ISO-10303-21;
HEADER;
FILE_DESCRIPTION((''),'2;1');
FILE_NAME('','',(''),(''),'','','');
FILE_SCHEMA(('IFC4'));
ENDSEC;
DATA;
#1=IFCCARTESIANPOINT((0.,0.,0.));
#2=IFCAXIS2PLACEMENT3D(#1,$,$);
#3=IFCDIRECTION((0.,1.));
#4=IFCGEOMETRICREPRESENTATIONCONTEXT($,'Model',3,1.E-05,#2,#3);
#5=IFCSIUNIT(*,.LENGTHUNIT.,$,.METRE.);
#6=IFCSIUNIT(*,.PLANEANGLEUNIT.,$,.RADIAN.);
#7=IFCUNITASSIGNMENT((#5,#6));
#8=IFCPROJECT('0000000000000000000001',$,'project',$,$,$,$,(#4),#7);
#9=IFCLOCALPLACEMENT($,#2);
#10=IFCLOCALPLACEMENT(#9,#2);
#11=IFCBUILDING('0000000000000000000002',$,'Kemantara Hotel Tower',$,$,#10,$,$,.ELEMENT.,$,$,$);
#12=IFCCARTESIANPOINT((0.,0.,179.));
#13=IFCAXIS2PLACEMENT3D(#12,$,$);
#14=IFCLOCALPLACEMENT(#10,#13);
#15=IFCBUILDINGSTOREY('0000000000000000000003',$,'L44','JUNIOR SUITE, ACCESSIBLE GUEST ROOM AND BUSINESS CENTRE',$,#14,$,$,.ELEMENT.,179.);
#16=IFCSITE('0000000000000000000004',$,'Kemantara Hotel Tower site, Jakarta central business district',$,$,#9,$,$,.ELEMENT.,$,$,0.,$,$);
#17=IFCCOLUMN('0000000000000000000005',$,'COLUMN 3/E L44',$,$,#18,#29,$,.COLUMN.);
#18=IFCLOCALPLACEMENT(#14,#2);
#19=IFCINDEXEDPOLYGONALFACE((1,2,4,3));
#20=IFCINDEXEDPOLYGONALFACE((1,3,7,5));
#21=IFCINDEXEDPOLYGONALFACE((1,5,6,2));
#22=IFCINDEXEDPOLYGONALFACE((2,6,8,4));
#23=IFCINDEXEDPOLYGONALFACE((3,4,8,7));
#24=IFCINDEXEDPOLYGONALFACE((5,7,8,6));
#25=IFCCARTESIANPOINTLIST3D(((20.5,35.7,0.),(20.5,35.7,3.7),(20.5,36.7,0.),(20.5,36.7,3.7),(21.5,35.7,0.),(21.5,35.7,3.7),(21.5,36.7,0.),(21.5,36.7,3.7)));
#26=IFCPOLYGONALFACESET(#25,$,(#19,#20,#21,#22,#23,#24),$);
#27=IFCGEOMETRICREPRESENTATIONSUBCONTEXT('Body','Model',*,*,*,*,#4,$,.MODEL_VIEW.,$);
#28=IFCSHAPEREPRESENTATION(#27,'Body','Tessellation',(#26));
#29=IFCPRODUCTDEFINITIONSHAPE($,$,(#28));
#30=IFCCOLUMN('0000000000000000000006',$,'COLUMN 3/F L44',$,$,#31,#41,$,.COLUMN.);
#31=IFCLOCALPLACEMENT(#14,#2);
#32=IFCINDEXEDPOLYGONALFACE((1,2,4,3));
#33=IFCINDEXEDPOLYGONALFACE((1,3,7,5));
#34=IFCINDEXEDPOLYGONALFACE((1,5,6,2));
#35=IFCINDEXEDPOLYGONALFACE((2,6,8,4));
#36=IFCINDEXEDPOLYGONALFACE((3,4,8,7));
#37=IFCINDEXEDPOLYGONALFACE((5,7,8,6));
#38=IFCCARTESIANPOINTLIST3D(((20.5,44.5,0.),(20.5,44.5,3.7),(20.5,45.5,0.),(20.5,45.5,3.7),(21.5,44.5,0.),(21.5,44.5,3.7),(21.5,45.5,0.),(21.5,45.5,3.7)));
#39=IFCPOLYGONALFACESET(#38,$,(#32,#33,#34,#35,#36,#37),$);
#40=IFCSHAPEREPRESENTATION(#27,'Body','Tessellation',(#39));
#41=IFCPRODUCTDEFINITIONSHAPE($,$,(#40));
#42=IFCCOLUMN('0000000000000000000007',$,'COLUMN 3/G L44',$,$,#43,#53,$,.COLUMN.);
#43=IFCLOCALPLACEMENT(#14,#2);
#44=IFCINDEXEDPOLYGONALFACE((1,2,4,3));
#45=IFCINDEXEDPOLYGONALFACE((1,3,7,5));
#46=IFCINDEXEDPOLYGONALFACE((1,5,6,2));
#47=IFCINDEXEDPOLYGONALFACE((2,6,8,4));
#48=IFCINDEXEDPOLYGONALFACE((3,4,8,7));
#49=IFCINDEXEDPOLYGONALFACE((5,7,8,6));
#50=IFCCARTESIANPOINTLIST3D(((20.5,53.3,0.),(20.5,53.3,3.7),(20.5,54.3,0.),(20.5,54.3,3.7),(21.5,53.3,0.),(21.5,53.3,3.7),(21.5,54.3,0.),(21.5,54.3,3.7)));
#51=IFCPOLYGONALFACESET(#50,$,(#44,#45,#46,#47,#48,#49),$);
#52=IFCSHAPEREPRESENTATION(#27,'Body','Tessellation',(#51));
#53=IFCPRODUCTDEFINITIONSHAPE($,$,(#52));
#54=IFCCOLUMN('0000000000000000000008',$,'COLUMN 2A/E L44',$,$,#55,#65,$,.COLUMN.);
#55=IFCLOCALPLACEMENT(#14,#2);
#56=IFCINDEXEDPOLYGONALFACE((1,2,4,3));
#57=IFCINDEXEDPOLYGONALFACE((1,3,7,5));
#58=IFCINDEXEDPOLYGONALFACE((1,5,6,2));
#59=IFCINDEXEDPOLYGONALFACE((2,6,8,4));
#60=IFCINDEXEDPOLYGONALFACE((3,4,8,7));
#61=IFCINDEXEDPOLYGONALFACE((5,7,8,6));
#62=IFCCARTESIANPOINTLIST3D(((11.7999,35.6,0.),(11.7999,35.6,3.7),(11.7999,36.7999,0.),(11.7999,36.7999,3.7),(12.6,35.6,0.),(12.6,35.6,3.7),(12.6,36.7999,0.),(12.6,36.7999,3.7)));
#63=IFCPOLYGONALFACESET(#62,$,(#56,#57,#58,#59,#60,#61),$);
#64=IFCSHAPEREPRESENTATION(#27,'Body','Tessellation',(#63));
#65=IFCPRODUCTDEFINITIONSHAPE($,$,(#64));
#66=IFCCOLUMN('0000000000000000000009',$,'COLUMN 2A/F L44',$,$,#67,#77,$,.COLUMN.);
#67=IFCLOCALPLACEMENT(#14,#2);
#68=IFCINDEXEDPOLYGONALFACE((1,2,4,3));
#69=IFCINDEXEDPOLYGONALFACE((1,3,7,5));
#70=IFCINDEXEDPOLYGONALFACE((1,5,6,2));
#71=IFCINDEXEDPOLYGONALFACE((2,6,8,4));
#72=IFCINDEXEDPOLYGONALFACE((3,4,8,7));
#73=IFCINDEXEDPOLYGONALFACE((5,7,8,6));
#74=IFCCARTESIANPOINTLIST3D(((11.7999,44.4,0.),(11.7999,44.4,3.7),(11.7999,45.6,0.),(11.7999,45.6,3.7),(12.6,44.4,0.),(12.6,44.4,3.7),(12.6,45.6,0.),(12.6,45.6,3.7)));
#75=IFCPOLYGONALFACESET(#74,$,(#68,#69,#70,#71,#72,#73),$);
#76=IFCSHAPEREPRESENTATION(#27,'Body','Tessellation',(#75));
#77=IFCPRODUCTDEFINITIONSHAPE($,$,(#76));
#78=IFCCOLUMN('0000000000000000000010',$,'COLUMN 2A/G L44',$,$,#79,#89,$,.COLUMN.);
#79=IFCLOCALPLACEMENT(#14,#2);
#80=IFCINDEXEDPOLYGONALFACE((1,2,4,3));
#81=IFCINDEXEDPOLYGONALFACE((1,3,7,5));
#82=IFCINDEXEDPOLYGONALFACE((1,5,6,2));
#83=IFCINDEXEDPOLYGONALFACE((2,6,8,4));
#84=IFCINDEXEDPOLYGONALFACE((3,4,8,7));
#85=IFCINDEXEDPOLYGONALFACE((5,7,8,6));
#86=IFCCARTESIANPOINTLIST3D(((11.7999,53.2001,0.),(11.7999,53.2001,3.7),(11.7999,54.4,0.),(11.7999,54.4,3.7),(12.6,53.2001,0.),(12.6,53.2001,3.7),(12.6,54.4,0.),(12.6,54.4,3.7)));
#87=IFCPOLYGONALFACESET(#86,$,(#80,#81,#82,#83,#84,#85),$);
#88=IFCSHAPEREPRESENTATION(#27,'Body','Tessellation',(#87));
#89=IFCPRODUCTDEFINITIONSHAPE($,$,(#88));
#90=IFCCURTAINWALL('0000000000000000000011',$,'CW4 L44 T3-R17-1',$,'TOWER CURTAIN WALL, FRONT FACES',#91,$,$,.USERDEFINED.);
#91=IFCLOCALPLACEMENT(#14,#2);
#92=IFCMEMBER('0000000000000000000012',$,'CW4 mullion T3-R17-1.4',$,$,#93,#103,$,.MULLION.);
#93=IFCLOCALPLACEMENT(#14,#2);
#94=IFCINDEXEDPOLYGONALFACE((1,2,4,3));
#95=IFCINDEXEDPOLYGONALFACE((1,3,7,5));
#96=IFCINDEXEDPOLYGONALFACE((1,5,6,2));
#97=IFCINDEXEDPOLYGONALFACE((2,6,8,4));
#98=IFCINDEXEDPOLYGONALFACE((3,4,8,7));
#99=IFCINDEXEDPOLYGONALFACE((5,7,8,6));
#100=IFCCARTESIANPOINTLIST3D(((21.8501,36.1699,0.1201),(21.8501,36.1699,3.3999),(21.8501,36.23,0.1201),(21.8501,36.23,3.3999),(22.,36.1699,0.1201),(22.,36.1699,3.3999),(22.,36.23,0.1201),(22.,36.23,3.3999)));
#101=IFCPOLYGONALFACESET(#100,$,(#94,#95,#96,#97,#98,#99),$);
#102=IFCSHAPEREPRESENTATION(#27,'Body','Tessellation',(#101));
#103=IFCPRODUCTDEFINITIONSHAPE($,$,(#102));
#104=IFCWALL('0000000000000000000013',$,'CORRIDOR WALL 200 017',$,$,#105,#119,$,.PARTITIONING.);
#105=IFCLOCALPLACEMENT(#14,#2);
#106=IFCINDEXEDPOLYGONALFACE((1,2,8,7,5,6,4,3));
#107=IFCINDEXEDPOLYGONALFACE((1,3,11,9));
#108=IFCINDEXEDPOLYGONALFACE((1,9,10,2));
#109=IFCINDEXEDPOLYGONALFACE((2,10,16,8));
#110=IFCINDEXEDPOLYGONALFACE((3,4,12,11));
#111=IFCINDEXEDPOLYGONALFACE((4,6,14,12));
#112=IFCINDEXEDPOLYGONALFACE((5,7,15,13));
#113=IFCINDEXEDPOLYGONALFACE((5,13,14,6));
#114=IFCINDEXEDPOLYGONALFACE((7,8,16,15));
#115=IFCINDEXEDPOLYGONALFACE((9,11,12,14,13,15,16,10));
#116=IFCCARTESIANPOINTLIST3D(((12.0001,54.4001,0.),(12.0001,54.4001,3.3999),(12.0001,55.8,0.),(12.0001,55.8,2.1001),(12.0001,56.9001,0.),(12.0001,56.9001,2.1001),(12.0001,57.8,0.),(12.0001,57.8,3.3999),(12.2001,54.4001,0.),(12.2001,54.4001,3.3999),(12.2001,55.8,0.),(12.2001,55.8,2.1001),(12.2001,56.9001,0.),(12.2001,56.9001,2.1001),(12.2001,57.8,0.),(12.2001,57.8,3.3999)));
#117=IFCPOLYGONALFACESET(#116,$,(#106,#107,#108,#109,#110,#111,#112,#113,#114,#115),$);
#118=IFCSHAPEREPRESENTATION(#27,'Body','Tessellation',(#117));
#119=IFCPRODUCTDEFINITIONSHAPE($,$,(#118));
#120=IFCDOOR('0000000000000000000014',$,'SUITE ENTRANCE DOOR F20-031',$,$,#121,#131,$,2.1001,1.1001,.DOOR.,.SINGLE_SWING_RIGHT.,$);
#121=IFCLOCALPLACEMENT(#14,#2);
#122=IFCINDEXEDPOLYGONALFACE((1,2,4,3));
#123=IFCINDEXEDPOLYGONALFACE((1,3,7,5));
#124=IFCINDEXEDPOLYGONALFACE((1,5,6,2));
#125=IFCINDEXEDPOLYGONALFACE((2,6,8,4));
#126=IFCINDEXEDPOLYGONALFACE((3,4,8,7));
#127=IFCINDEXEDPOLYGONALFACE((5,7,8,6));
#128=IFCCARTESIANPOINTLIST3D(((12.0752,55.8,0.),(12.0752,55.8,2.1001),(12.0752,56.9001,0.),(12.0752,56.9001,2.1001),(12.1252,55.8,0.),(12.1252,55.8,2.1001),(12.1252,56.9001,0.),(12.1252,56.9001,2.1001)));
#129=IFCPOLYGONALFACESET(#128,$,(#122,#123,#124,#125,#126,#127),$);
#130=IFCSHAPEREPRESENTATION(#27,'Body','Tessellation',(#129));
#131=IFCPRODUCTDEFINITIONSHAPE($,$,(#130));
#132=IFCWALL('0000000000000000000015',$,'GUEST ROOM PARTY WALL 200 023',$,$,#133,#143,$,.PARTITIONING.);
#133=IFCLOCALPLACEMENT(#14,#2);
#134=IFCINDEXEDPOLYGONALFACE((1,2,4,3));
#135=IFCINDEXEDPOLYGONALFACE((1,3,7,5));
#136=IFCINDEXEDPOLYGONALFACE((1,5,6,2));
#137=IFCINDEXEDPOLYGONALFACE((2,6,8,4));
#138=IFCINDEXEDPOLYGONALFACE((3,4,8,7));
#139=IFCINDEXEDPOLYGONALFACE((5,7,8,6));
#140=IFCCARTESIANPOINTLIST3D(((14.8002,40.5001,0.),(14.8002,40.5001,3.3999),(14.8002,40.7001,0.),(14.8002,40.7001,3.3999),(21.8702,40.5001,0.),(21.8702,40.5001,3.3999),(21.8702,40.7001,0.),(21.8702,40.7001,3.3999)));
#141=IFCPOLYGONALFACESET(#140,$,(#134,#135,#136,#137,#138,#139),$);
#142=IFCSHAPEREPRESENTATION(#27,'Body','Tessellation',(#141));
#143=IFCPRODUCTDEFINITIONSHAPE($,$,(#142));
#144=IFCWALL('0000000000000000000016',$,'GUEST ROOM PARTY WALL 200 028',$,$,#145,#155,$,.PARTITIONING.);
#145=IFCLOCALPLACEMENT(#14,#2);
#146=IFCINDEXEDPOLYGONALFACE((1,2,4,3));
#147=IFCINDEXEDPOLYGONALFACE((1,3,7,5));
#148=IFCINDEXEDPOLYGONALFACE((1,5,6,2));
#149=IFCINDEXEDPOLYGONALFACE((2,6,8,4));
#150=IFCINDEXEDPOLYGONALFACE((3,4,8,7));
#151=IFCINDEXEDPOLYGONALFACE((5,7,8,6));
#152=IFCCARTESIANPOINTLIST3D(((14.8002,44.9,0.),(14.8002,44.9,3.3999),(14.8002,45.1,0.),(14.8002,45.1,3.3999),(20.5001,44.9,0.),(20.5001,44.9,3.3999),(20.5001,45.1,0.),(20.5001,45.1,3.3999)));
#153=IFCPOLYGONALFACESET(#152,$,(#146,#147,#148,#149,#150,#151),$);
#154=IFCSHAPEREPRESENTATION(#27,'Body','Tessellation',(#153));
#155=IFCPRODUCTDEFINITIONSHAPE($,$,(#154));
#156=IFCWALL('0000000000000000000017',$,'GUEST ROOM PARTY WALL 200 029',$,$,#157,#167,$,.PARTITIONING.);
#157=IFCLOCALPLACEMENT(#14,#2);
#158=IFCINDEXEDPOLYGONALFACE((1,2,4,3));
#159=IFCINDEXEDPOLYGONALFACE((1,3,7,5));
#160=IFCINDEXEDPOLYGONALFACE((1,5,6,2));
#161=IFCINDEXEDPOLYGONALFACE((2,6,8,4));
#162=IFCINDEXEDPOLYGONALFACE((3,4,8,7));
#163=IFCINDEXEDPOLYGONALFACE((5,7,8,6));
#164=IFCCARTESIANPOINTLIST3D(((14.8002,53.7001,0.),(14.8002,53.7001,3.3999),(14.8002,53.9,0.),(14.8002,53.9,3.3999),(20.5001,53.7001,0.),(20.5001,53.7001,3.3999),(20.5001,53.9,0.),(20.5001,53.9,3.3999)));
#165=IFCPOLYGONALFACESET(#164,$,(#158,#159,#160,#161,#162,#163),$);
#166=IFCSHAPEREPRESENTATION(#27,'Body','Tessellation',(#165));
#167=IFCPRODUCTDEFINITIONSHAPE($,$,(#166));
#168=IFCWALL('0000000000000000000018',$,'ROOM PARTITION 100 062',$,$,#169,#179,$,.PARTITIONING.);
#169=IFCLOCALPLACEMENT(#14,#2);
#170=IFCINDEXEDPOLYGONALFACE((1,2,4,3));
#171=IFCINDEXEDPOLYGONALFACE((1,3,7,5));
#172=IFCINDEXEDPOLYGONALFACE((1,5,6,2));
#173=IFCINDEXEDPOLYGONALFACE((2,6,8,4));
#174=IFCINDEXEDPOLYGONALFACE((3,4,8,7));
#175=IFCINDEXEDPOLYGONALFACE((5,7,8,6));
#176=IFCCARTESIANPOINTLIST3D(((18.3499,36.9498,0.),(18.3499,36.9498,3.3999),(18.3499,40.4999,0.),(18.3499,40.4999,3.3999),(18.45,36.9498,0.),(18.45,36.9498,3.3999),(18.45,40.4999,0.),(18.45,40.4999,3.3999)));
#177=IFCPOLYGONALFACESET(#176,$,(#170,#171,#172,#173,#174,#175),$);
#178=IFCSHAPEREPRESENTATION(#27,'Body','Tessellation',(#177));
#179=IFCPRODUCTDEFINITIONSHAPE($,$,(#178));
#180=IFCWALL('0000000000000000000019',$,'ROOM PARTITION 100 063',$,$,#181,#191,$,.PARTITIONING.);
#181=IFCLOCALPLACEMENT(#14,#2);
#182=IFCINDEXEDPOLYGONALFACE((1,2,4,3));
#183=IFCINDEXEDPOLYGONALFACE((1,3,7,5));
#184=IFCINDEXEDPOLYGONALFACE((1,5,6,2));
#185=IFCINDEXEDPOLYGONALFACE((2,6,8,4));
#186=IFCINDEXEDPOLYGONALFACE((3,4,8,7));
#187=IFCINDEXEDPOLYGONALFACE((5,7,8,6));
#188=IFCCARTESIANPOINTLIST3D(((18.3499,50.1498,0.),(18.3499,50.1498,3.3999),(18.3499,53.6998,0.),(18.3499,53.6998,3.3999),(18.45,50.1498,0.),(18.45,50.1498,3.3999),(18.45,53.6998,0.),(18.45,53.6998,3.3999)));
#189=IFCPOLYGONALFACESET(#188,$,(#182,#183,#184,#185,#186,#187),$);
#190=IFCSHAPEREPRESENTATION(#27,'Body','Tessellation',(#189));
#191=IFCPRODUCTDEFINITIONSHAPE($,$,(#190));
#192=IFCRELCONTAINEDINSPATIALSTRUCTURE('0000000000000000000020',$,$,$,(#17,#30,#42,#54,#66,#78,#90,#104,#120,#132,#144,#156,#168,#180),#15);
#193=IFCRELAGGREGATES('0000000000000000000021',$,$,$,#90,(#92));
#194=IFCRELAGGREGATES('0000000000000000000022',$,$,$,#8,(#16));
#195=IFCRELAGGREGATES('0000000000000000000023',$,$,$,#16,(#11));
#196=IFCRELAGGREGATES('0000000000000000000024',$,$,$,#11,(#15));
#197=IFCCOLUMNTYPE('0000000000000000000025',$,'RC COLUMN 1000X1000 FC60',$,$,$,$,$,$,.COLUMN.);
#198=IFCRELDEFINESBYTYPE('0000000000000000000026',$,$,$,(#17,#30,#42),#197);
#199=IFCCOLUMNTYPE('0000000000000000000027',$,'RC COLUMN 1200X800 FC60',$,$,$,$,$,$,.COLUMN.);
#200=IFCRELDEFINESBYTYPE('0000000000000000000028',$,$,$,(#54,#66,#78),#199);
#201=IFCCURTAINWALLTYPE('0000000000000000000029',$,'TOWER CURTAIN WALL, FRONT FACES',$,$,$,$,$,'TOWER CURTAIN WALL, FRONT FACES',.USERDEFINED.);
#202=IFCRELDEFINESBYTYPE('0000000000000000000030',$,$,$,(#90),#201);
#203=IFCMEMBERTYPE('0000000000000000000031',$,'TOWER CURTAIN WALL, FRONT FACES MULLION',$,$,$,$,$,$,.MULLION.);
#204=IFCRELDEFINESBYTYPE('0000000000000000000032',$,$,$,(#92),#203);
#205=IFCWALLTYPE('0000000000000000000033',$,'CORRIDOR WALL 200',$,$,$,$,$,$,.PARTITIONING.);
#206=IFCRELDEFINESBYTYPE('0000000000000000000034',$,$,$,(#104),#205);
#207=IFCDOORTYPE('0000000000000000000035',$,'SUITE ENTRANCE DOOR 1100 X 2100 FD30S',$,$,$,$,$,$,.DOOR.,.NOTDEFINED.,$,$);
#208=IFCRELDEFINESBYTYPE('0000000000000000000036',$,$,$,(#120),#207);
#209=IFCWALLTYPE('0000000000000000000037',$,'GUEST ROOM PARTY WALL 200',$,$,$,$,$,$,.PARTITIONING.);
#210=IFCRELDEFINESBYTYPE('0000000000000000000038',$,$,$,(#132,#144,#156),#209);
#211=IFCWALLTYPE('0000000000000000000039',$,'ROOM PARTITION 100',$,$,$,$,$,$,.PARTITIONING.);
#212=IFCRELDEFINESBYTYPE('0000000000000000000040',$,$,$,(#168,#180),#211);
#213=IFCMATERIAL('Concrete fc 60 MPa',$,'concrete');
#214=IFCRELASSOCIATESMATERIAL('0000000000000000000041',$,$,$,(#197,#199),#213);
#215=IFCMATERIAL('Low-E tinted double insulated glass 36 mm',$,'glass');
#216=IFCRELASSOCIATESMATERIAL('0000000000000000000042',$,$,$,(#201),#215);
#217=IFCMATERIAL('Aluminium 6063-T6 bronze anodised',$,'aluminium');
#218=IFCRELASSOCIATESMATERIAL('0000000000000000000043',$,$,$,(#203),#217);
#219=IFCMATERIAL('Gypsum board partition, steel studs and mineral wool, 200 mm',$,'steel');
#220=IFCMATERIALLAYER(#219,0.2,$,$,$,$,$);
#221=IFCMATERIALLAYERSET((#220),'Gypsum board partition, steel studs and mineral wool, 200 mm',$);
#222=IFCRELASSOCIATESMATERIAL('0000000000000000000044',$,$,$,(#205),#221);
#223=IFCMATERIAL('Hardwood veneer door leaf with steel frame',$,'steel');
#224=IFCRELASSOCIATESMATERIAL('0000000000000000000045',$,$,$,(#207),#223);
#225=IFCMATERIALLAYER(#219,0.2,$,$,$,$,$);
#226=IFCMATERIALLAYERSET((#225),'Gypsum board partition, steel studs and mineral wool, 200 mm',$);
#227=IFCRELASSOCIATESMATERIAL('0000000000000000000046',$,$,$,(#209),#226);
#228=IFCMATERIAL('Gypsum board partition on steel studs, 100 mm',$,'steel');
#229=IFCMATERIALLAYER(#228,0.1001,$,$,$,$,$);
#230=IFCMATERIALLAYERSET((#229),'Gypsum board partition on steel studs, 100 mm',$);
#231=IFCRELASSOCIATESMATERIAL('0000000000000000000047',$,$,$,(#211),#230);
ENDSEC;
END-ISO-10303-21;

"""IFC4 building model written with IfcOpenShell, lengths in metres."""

from ifc_helpers import new_model, si_unit, direction, frame, frame_2d, origin, origin_2d, place, context, subcontext, project, spatial, rectangle, extrude, source, transform, mapped, material, layer, layer_set, material_profile, profile_set, type_object, element, fill, aggregate, save


model = new_model("IFC4")

# Units and contexts
model_context = context("Model", 3, precision=1e-05, world=origin(), true_north=direction((0.0, 1.0)))
body_context = subcontext(model_context, "Body", "Model", "MODEL_VIEW")
ifc_project = project(units=[si_unit("LENGTHUNIT", "METRE"), si_unit("PLANEANGLEUNIT", "RADIAN")], contexts=[model_context])

# Site, building, storey
site_placement = place(None, origin())
site = spatial("IfcSite", under=ifc_project, at=site_placement, Name="Kemantara Hotel Tower site, Jakarta central business district", CompositionType="ELEMENT", RefElevation=0.0)
building_placement = place(site_placement, origin())
building = spatial("IfcBuilding", under=site, at=building_placement, Name="Kemantara Hotel Tower", CompositionType="ELEMENT")
storey_placement = place(building_placement, frame((0.0, 0.0, 179.0)))
storey = spatial("IfcBuildingStorey", under=building, at=storey_placement, Name="L44", Description="JUNIOR SUITE, ACCESSIBLE GUEST ROOM AND BUSINESS CENTRE", CompositionType="ELEMENT", Elevation=179.0)

# Columns
ifc_material_1 = material(Name="Concrete fc 60 MPa", Category="concrete")
ifc_material_profile_1 = material_profile(ifc_material_1, rectangle(XDim=1.0, YDim=1.0, at=origin_2d()), Name="RC 1000X1000")
ifc_profile_set_1 = profile_set([ifc_material_profile_1], Name="Concrete fc 60 MPa")
column_type_1 = type_object("IfcColumnType", Name="RC COLUMN 1000X1000 FC60", PredefinedType="COLUMN", material=ifc_profile_set_1)
for number, where, z_axis, x_axis, name in (
    (1, (21.0, 36.2, 0.0), (0.0, 0.0, 1.0), (1.0, 0.0, 0.0), "COLUMN 3/E L44"),
    (2, (21.0, 45.0, 0.0), (0.0, 0.0, 1.0), (1.0, 0.0, 0.0), "COLUMN 3/F L44"),
    (3, (21.0, 53.8, 0.0), (0.0, 0.0, 1.0), (1.0, 0.0, 0.0), "COLUMN 3/G L44"),
):
    element("IfcColumn", number, at=place(storey_placement, frame(where, z_axis=z_axis, x_axis=x_axis)), inside=storey, type_object=column_type_1, Name=name, PredefinedType="COLUMN", context=body_context, shape_type="SweptSolid", body=[
        extrude(rectangle(XDim=1.0, YDim=1.0, at=origin_2d()), origin(), (0.0, 0.0, 1.0), 3.7),
    ])
ifc_material_profile_2 = material_profile(ifc_material_1, rectangle(XDim=1.2, YDim=0.8, at=origin_2d()), Name="RC 1200X800")
ifc_profile_set_2 = profile_set([ifc_material_profile_2], Name="Concrete fc 60 MPa")
column_type_2 = type_object("IfcColumnType", Name="RC COLUMN 1200X800 FC60", PredefinedType="COLUMN", material=ifc_profile_set_2)
for number, where, z_axis, x_axis, name in (
    (4, (12.2, 36.2, 0.0), (0.0, 0.0, 1.0), (0.0, 1.0, 0.0), "COLUMN 2A/E L44"),
    (5, (12.2, 45.0, 0.0), (0.0, 0.0, 1.0), (0.0, 1.0, 0.0), "COLUMN 2A/F L44"),
    (6, (12.2, 53.8, 0.0), (0.0, 0.0, 1.0), (0.0, 1.0, 0.0), "COLUMN 2A/G L44"),
):
    element("IfcColumn", number, at=place(storey_placement, frame(where, z_axis=z_axis, x_axis=x_axis)), inside=storey, type_object=column_type_2, Name=name, PredefinedType="COLUMN", context=body_context, shape_type="SweptSolid", body=[
        extrude(rectangle(XDim=1.2, YDim=0.8, at=origin_2d()), origin(), (0.0, 0.0, 1.0), 3.7),
    ])

# Curtain wall, member
ifc_material_2 = material(Name="Low-E tinted double insulated glass 36 mm", Category="glass")
curtain_wall_type = type_object("IfcCurtainWallType", Name="TOWER CURTAIN WALL, FRONT FACES", ElementType="TOWER CURTAIN WALL, FRONT FACES", PredefinedType="USERDEFINED", material=ifc_material_2)
curtain_wall_placement = place(storey_placement, origin())
curtain_wall = element("IfcCurtainWall", 7, at=curtain_wall_placement, inside=storey, type_object=curtain_wall_type, Name="CW4 L44 T3-R17-1", ObjectType="TOWER CURTAIN WALL, FRONT FACES", PredefinedType="USERDEFINED")
ifc_material_3 = material(Name="Aluminium 6063-T6 bronze anodised", Category="aluminium")
ifc_material_profile_3 = material_profile(ifc_material_3, rectangle(XDim=0.1499, YDim=0.0601, at=origin_2d()), Name="TOWER CURTAIN WALL, FRONT FACES MULLION")
ifc_profile_set_3 = profile_set([ifc_material_profile_3], Name="Aluminium 6063-T6 bronze anodised")
member_type = type_object("IfcMemberType", Name="TOWER CURTAIN WALL, FRONT FACES MULLION", PredefinedType="MULLION", material=ifc_profile_set_3)
shared_shape = source(origin(), body_context, "Body", "SweptSolid", [
    extrude(rectangle(XDim=0.1499, YDim=0.0601, at=origin_2d()), origin(), (0.0, 0.0, 1.0), 3.2798),
])
member_placement = place(storey_placement, frame((21.925, 36.2, 0.1201), z_axis=(0.0, 0.0, 1.0), x_axis=(-1.0, 0.0, 0.0)))
member = element("IfcMember", 8, at=member_placement, type_object=member_type, Name="CW4 mullion T3-R17-1.4", PredefinedType="MULLION", context=body_context, shape_type="MappedRepresentation", body=[
    mapped(shared_shape, transform((0.0, 0.0, 0.0))),
])
aggregate(curtain_wall, [member])

# Wall, opening, door
ifc_material_4 = material(Name="Gypsum board partition, steel studs and mineral wool, 200 mm", Category="steel")
ifc_layer_1 = layer(ifc_material_4, 0.2)
ifc_layer_set_1 = layer_set([ifc_layer_1], Name="Gypsum board partition, steel studs and mineral wool, 200 mm")
wall_type_1 = type_object("IfcWallType", Name="CORRIDOR WALL 200", PredefinedType="PARTITIONING", material=ifc_layer_set_1)
wall_1_placement = place(storey_placement, frame((12.1001, 54.4001, 0.0), z_axis=(0.0, 0.0, 1.0), x_axis=(0.0, 1.0, 0.0)))
wall_1 = element("IfcWall", 9, at=wall_1_placement, inside=storey, type_object=wall_type_1, Name="CORRIDOR WALL 200 017", PredefinedType="PARTITIONING", context=body_context, shape_type="SweptSolid", body=[
    extrude(rectangle(XDim=3.3999, YDim=0.2, at=frame_2d((1.7, 0.0))), origin(), (0.0, 0.0, 1.0), 3.3999),
])
opening_1_placement = place(wall_1_placement, frame((1.3999, 0.0, 0.0)))
opening_1 = element("IfcOpeningElement", 10, at=opening_1_placement, cuts=wall_1, PredefinedType="OPENING", context=body_context, shape_type="SweptSolid", body=[
    extrude(rectangle(XDim=1.1001, YDim=2.1001, at=frame_2d((0.55, 1.05))), frame((0.0, 0.1099, 0.0), z_axis=(0.0, -1.0, 0.0), x_axis=(1.0, 0.0, 0.0)), (0.0, 0.0, 1.0), 0.22),
])
ifc_material_5 = material(Name="Hardwood veneer door leaf with steel frame", Category="steel")
door_type_1 = type_object("IfcDoorType", Name="SUITE ENTRANCE DOOR 1100 X 2100 FD30S", OperationType="NOTDEFINED", PredefinedType="DOOR", material=ifc_material_5)
door_1_placement = place(opening_1_placement, origin())
door_1 = element("IfcDoor", 11, at=door_1_placement, inside=storey, type_object=door_type_1, Name="SUITE ENTRANCE DOOR F20-031", OperationType="SINGLE_SWING_RIGHT", OverallHeight=2.1001, OverallWidth=1.1001, PredefinedType="DOOR", context=body_context, shape_type="SweptSolid", body=[
    extrude(rectangle(XDim=1.1001, YDim=2.1001, at=frame_2d((0.55, 1.05))), frame((0.0, 0.0249, 0.0), z_axis=(0.0, -1.0, 0.0), x_axis=(1.0, 0.0, 0.0)), (0.0, 0.0, 1.0), 0.05),
])
fill(opening_1, door_1)

# Walls
ifc_layer_2 = layer(ifc_material_4, 0.2)
ifc_layer_set_2 = layer_set([ifc_layer_2], Name="Gypsum board partition, steel studs and mineral wool, 200 mm")
wall_type_2 = type_object("IfcWallType", Name="GUEST ROOM PARTY WALL 200", PredefinedType="PARTITIONING", material=ifc_layer_set_2)
wall_2_placement = place(storey_placement, frame((14.8, 40.6001, 0.0), z_axis=(0.0, 0.0, 1.0), x_axis=(1.0, 0.0, 0.0)))
element("IfcWall", 12, at=wall_2_placement, inside=storey, type_object=wall_type_2, Name="GUEST ROOM PARTY WALL 200 023", PredefinedType="PARTITIONING", context=body_context, shape_type="SweptSolid", body=[
    extrude(rectangle(XDim=7.0701, YDim=0.2, at=frame_2d((3.5352, 0.0))), origin(), (0.0, 0.0, 1.0), 3.3999),
])
for number, where, z_axis, x_axis, name in (
    (13, (14.8, 45.0, 0.0), (0.0, 0.0, 1.0), (1.0, 0.0, 0.0), "GUEST ROOM PARTY WALL 200 028"),
    (14, (14.8, 53.8, 0.0), (0.0, 0.0, 1.0), (1.0, 0.0, 0.0), "GUEST ROOM PARTY WALL 200 029"),
):
    element("IfcWall", number, at=place(storey_placement, frame(where, z_axis=z_axis, x_axis=x_axis)), inside=storey, type_object=wall_type_2, Name=name, PredefinedType="PARTITIONING", context=body_context, shape_type="SweptSolid", body=[
        extrude(rectangle(XDim=5.7, YDim=0.2, at=frame_2d((2.8501, 0.0))), origin(), (0.0, 0.0, 1.0), 3.3999),
    ])
ifc_material_6 = material(Name="Gypsum board partition on steel studs, 100 mm", Category="steel")
ifc_layer_3 = layer(ifc_material_6, 0.1001)
ifc_layer_set_3 = layer_set([ifc_layer_3], Name="Gypsum board partition on steel studs, 100 mm")
wall_type_3 = type_object("IfcWallType", Name="ROOM PARTITION 100", PredefinedType="PARTITIONING", material=ifc_layer_set_3)
for number, where, z_axis, x_axis, name in (
    (15, (18.3999, 36.95, 0.0), (0.0, 0.0, 1.0), (0.0, 1.0, 0.0), "ROOM PARTITION 100 062"),
    (16, (18.3999, 50.1499, 0.0), (0.0, 0.0, 1.0), (0.0, 1.0, 0.0), "ROOM PARTITION 100 063"),
):
    element("IfcWall", number, at=place(storey_placement, frame(where, z_axis=z_axis, x_axis=x_axis)), inside=storey, type_object=wall_type_3, Name=name, PredefinedType="PARTITIONING", context=body_context, shape_type="SweptSolid", body=[
        extrude(rectangle(XDim=3.55, YDim=0.1001, at=frame_2d((1.7749, 0.0))), origin(), (0.0, 0.0, 1.0), 3.3999),
    ])

save(model, "model.ifc")
